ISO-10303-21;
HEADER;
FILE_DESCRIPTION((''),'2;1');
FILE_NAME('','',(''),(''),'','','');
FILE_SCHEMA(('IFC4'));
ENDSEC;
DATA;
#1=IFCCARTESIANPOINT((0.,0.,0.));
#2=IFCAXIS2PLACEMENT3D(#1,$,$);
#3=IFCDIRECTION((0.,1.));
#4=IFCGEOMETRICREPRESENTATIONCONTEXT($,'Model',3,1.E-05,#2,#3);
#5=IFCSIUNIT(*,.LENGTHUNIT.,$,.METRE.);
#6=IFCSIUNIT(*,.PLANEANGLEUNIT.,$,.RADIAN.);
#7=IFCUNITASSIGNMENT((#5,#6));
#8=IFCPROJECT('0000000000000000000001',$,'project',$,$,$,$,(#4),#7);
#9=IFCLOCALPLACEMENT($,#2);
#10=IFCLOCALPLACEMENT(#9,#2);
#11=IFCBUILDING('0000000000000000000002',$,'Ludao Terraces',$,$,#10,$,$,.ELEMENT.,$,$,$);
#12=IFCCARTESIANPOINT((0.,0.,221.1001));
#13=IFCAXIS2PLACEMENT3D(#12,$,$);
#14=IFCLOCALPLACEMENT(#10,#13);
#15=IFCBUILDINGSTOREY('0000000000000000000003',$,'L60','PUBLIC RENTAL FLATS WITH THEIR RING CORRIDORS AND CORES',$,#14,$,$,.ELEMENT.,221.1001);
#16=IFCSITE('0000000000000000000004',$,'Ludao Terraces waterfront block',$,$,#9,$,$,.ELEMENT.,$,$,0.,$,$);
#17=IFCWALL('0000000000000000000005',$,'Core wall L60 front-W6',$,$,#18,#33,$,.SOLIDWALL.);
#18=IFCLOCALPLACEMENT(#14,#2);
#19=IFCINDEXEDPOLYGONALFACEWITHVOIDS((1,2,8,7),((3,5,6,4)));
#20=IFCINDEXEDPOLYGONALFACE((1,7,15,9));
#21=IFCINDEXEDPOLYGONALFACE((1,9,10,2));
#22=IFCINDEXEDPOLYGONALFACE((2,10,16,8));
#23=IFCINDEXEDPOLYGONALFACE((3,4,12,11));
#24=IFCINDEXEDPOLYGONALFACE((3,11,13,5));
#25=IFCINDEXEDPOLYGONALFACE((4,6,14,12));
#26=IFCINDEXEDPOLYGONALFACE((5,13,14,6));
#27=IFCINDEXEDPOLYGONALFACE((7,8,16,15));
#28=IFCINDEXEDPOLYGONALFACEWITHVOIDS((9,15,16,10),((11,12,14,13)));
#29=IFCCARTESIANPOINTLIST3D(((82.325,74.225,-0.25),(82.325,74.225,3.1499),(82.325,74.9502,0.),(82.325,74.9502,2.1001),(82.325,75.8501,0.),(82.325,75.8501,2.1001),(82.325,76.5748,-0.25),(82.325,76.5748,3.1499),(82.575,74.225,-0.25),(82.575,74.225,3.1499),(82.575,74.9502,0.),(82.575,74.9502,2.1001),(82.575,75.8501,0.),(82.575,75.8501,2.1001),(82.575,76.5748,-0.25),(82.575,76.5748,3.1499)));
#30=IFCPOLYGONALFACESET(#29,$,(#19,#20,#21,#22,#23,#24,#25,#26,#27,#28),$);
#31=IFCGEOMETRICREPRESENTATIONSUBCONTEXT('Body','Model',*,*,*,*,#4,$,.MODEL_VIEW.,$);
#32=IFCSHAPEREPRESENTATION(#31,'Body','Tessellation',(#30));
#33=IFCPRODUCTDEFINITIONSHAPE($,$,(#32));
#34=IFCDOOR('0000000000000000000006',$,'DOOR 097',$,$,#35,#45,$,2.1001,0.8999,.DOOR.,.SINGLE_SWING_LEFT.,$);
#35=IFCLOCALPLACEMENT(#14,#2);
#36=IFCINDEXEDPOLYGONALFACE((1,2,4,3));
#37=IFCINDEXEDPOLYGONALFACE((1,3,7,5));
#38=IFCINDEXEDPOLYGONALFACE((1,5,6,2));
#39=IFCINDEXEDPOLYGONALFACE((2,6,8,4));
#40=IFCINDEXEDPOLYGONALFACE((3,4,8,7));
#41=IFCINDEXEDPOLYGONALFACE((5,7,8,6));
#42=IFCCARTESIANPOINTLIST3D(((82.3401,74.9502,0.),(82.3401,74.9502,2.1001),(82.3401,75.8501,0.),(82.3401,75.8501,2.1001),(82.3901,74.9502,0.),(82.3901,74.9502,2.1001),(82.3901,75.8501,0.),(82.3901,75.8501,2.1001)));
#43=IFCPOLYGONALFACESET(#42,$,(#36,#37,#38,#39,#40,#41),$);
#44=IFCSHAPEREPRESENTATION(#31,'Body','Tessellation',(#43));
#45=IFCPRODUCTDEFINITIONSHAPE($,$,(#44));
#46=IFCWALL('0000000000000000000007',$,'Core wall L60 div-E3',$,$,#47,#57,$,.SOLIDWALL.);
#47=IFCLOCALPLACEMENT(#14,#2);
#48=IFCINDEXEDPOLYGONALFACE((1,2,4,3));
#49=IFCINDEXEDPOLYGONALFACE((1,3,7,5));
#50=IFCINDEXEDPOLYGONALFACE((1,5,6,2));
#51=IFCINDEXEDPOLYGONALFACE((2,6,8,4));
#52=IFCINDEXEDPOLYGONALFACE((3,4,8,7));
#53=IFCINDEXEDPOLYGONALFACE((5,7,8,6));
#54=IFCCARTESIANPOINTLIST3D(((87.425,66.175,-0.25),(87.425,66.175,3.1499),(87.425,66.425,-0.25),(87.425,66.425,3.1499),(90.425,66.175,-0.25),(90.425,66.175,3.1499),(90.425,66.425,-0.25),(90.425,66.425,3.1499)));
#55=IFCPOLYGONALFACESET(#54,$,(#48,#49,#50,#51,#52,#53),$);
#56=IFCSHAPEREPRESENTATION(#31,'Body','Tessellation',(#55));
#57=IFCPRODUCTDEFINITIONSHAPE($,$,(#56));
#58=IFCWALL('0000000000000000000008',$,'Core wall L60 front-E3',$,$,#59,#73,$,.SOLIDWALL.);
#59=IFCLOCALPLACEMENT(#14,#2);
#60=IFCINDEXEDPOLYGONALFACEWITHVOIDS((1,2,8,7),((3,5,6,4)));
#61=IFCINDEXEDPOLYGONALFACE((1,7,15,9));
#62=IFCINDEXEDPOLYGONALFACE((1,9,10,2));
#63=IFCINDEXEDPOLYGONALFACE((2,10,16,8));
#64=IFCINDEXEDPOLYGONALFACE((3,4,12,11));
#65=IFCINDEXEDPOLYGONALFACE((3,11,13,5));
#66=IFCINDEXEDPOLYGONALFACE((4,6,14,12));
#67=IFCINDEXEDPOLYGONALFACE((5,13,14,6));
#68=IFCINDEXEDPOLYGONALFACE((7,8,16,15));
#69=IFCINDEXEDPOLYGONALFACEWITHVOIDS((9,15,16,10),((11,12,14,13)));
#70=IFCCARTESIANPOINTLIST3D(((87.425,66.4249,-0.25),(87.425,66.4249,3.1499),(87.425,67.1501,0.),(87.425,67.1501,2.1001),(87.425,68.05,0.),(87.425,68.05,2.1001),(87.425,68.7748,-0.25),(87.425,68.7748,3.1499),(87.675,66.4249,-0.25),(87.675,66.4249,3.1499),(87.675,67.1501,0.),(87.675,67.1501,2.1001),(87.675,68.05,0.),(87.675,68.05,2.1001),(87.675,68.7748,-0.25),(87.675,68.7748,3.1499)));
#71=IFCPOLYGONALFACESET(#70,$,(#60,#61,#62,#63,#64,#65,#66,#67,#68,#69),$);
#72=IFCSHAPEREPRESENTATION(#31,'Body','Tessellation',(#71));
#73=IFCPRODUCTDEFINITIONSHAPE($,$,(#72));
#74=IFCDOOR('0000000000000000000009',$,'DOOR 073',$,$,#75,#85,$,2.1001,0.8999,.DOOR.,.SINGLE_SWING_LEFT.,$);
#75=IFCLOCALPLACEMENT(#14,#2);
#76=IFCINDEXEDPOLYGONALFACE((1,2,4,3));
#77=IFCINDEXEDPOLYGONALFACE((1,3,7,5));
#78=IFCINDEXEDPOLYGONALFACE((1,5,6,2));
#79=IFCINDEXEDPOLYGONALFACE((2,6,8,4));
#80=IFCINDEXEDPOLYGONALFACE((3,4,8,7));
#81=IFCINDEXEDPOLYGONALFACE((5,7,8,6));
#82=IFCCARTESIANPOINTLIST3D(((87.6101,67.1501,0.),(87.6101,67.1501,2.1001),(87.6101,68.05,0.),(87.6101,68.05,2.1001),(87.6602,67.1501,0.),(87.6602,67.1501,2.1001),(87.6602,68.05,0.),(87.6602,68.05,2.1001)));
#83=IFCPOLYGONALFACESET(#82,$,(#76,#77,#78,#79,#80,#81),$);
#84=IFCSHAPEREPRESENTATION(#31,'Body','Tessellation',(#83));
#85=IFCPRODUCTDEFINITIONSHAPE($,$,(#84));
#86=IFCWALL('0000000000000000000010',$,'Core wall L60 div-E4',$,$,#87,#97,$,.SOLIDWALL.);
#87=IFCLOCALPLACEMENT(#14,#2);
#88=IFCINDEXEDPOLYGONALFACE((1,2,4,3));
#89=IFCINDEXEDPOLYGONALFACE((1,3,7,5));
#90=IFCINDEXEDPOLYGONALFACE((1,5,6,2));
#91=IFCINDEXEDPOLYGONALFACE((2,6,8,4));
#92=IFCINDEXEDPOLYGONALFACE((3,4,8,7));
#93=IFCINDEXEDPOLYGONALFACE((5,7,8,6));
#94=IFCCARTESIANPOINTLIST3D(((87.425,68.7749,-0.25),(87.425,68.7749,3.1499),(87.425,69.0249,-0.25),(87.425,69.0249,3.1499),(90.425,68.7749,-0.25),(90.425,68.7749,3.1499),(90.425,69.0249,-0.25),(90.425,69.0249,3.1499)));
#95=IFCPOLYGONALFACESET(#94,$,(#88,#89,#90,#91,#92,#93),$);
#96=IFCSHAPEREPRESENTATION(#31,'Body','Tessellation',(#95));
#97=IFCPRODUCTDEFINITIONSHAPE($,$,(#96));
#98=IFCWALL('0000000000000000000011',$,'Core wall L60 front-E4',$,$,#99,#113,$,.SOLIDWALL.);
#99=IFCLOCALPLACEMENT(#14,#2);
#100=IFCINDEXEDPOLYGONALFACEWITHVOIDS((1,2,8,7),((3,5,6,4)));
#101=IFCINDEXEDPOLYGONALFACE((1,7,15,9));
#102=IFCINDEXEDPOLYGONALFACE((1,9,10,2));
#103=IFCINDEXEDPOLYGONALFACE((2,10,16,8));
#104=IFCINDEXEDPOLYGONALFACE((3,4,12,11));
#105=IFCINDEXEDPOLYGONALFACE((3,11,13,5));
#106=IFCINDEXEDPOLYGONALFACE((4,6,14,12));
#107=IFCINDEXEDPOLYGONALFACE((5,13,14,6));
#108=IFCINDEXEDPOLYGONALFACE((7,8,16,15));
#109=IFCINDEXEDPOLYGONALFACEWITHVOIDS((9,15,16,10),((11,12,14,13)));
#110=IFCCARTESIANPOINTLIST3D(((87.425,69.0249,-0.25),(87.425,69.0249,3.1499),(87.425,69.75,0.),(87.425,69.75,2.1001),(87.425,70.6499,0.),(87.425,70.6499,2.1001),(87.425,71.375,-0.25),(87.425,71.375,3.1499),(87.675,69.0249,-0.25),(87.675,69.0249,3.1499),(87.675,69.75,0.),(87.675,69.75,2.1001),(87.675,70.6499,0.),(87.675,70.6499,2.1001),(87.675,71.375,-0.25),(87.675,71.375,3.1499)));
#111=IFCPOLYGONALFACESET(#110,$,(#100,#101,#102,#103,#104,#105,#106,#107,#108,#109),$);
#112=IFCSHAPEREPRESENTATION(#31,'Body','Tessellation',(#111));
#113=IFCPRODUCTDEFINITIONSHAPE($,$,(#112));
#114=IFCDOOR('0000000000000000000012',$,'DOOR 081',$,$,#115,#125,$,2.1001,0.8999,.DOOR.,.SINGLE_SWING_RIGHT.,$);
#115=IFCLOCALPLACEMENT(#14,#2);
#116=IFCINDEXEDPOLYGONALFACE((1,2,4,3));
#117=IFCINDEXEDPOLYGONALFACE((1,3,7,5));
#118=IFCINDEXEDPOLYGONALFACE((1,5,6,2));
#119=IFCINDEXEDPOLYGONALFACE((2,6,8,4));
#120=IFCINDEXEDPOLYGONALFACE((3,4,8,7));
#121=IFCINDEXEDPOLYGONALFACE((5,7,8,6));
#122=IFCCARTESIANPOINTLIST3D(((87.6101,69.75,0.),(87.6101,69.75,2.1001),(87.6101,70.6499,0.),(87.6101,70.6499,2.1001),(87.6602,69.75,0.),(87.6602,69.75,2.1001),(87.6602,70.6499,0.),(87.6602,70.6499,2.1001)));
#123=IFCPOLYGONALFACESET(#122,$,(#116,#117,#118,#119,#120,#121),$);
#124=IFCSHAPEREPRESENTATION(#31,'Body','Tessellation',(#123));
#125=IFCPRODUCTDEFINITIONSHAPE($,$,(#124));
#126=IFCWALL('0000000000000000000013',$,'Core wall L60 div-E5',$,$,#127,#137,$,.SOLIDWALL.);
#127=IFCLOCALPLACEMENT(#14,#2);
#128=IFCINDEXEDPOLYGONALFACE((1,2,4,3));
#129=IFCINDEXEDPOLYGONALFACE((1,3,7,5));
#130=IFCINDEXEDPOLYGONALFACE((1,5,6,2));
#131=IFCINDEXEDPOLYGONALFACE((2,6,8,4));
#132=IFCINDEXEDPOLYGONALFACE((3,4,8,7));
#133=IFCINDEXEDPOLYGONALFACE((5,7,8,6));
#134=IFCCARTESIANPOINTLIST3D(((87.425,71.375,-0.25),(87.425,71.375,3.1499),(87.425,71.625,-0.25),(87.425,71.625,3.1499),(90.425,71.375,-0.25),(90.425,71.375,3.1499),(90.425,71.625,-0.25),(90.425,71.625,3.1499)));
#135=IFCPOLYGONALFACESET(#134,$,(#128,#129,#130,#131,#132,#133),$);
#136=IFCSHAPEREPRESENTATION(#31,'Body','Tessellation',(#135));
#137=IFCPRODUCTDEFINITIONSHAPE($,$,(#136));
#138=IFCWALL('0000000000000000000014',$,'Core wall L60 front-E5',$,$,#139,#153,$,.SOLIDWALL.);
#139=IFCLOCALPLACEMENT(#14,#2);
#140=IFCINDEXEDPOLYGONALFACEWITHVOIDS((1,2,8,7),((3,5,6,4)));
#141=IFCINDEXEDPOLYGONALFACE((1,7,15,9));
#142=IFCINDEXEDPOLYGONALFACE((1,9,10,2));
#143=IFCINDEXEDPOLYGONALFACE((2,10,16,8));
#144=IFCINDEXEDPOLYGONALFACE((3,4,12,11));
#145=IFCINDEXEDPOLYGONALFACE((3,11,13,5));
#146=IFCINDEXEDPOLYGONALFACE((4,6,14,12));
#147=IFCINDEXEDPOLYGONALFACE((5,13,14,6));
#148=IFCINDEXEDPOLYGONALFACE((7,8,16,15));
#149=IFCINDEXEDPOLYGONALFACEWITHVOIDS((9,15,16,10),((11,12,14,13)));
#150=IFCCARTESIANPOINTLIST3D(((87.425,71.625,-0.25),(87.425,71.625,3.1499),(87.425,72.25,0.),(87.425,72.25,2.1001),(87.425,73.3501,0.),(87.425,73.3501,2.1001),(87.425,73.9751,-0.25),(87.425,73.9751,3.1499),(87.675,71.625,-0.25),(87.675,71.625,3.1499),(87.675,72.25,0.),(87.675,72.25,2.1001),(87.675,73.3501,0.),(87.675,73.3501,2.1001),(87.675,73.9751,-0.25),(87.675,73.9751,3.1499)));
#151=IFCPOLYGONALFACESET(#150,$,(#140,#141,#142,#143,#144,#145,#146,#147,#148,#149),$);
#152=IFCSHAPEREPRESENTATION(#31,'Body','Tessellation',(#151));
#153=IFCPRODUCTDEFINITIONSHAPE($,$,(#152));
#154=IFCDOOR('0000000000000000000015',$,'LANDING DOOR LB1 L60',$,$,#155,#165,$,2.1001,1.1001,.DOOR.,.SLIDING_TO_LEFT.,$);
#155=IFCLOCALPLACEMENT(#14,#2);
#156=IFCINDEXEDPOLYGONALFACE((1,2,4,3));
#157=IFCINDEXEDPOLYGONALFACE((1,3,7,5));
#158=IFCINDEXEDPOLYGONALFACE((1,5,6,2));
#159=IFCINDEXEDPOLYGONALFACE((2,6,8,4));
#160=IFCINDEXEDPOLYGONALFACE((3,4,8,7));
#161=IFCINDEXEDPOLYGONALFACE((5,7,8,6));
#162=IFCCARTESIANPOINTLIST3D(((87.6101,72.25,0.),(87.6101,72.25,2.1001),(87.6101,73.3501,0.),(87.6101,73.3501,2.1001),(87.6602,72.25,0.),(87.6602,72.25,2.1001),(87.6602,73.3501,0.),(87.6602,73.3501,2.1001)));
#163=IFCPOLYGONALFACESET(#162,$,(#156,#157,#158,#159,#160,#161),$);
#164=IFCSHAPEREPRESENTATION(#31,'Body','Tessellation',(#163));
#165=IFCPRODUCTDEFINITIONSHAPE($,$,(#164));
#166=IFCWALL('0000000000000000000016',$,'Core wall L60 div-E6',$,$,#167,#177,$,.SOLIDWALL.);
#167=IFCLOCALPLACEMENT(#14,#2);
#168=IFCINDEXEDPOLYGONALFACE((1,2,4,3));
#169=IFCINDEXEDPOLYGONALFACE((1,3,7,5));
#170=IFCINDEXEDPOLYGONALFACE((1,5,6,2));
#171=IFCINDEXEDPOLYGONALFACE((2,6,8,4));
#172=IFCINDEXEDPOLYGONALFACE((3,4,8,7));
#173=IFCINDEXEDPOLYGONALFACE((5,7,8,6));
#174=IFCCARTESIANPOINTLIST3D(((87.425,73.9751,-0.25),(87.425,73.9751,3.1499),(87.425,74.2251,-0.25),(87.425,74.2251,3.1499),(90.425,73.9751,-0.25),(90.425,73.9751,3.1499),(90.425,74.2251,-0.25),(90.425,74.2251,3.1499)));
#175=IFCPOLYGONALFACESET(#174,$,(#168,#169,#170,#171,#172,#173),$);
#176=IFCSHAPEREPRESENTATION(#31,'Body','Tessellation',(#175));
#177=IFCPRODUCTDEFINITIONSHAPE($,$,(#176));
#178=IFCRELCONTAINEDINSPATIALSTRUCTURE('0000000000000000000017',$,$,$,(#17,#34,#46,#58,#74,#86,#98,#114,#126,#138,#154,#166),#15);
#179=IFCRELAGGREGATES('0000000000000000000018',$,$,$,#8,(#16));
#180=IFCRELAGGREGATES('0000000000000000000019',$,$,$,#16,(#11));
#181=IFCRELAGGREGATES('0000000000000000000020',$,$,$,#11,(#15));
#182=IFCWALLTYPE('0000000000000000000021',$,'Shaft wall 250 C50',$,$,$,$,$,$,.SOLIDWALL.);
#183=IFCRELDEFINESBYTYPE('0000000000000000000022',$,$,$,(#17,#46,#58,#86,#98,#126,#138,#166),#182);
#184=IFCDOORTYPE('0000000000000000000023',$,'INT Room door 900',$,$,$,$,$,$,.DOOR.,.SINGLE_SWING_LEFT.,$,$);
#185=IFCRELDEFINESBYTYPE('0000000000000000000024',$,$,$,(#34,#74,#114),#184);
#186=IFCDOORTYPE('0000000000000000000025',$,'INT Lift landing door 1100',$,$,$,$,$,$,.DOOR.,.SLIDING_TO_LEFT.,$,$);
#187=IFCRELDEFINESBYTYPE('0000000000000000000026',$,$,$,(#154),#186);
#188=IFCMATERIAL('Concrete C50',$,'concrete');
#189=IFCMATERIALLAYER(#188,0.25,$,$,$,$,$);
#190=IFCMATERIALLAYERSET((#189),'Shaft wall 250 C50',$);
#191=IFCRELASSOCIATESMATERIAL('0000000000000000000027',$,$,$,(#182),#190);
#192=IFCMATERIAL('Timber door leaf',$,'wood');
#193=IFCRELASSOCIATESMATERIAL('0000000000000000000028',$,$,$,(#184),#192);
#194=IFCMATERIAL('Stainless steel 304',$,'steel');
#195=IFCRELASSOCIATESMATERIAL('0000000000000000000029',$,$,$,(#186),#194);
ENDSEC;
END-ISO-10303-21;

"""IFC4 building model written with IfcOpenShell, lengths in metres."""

from ifc_helpers import new_model, si_unit, direction, frame, frame_2d, origin, place, context, subcontext, project, spatial, rectangle, extrude, material, layer, layer_set, type_object, element, fill, save


model = new_model("IFC4")

# Units and contexts
model_context = context("Model", 3, precision=1e-05, world=origin(), true_north=direction((0.0, 1.0)))
body_context = subcontext(model_context, "Body", "Model", "MODEL_VIEW")
ifc_project = project(units=[si_unit("LENGTHUNIT", "METRE"), si_unit("PLANEANGLEUNIT", "RADIAN")], contexts=[model_context])

# Site, building, storey
site_placement = place(None, origin())
site = spatial("IfcSite", under=ifc_project, at=site_placement, Name="Ludao Terraces waterfront block", CompositionType="ELEMENT", RefElevation=0.0)
building_placement = place(site_placement, origin())
building = spatial("IfcBuilding", under=site, at=building_placement, Name="Ludao Terraces", CompositionType="ELEMENT")
storey_placement = place(building_placement, frame((0.0, 0.0, 221.1001)))
storey = spatial("IfcBuildingStorey", under=building, at=storey_placement, Name="L60", Description="PUBLIC RENTAL FLATS WITH THEIR RING CORRIDORS AND CORES", CompositionType="ELEMENT", Elevation=221.1001)

# Wall, opening, door
ifc_material_1 = material(Name="Concrete C50", Category="concrete")
ifc_layer_1 = layer(ifc_material_1, 0.25)
ifc_layer_set_1 = layer_set([ifc_layer_1], Name="Shaft wall 250 C50")
wall_type_1 = type_object("IfcWallType", Name="Shaft wall 250 C50", PredefinedType="SOLIDWALL", material=ifc_layer_set_1)
wall_1_placement = place(storey_placement, frame((82.45, 74.2251, -0.25), z_axis=(0.0, 0.0, 1.0), x_axis=(0.0, 1.0, 0.0)))
wall_1 = element("IfcWall", 1, at=wall_1_placement, inside=storey, type_object=wall_type_1, Name="Core wall L60 front-W6", PredefinedType="SOLIDWALL", context=body_context, shape_type="SweptSolid", body=[
    extrude(rectangle(XDim=2.3499, YDim=0.25, at=frame_2d((1.1748, 0.0))), origin(), (0.0, 0.0, 1.0), 3.3999),
])
opening_1_placement = place(wall_1_placement, frame((0.7251, 0.0, 0.25)))
opening_1 = element("IfcOpeningElement", 2, at=opening_1_placement, cuts=wall_1, PredefinedType="OPENING", context=body_context, shape_type="SweptSolid", body=[
    extrude(rectangle(XDim=0.8999, YDim=2.1001, at=frame_2d((0.45, 1.05))), frame((0.0, 0.135, 0.0), z_axis=(0.0, -1.0, 0.0), x_axis=(1.0, 0.0, 0.0)), (0.0, 0.0, 1.0), 0.27),
])
ifc_material_2 = material(Name="Timber door leaf", Category="wood")
door_type_1 = type_object("IfcDoorType", Name="INT Room door 900", OperationType="SINGLE_SWING_LEFT", PredefinedType="DOOR", material=ifc_material_2)
door_1_placement = place(opening_1_placement, origin())
door_1 = element("IfcDoor", 3, at=door_1_placement, inside=storey, type_object=door_type_1, Name="DOOR 097", OperationType="SINGLE_SWING_LEFT", OverallHeight=2.1001, OverallWidth=0.8999, PredefinedType="DOOR", context=body_context, shape_type="SweptSolid", body=[
    extrude(rectangle(XDim=0.8999, YDim=2.1001, at=frame_2d((0.45, 1.05))), frame((0.0, 0.1099, 0.0), z_axis=(0.0, -1.0, 0.0), x_axis=(1.0, 0.0, 0.0)), (0.0, 0.0, 1.0), 0.05),
])
fill(opening_1, door_1)

# Wall
wall_2_placement = place(storey_placement, frame((87.425, 66.3, -0.25), z_axis=(0.0, 0.0, 1.0), x_axis=(1.0, 0.0, 0.0)))
element("IfcWall", 4, at=wall_2_placement, inside=storey, type_object=wall_type_1, Name="Core wall L60 div-E3", PredefinedType="SOLIDWALL", context=body_context, shape_type="SweptSolid", body=[
    extrude(rectangle(XDim=3.0, YDim=0.25, at=frame_2d((1.5, 0.0))), origin(), (0.0, 0.0, 1.0), 3.3999),
])

# Wall, opening, door
wall_3_placement = place(storey_placement, frame((87.55, 66.425, -0.25), z_axis=(0.0, 0.0, 1.0), x_axis=(0.0, 1.0, 0.0)))
wall_3 = element("IfcWall", 5, at=wall_3_placement, inside=storey, type_object=wall_type_1, Name="Core wall L60 front-E3", PredefinedType="SOLIDWALL", context=body_context, shape_type="SweptSolid", body=[
    extrude(rectangle(XDim=2.3499, YDim=0.25, at=frame_2d((1.1748, 0.0))), origin(), (0.0, 0.0, 1.0), 3.3999),
])
opening_2_placement = place(wall_3_placement, frame((0.7251, 0.0, 0.25)))
opening_2 = element("IfcOpeningElement", 6, at=opening_2_placement, cuts=wall_3, PredefinedType="OPENING", context=body_context, shape_type="SweptSolid", body=[
    extrude(rectangle(XDim=0.8999, YDim=2.1001, at=frame_2d((0.45, 1.05))), frame((0.0, 0.135, 0.0), z_axis=(0.0, -1.0, 0.0), x_axis=(1.0, 0.0, 0.0)), (0.0, 0.0, 1.0), 0.27),
])
door_2_placement = place(opening_2_placement, origin())
door_2 = element("IfcDoor", 7, at=door_2_placement, inside=storey, type_object=door_type_1, Name="DOOR 073", OperationType="SINGLE_SWING_LEFT", OverallHeight=2.1001, OverallWidth=0.8999, PredefinedType="DOOR", context=body_context, shape_type="SweptSolid", body=[
    extrude(rectangle(XDim=0.8999, YDim=2.1001, at=frame_2d((0.45, 1.05))), frame((0.0, -0.0601, 0.0), z_axis=(0.0, -1.0, 0.0), x_axis=(1.0, 0.0, 0.0)), (0.0, 0.0, 1.0), 0.05),
])
fill(opening_2, door_2)

# Wall
wall_4_placement = place(storey_placement, frame((87.425, 68.8999, -0.25), z_axis=(0.0, 0.0, 1.0), x_axis=(1.0, 0.0, 0.0)))
element("IfcWall", 8, at=wall_4_placement, inside=storey, type_object=wall_type_1, Name="Core wall L60 div-E4", PredefinedType="SOLIDWALL", context=body_context, shape_type="SweptSolid", body=[
    extrude(rectangle(XDim=3.0, YDim=0.25, at=frame_2d((1.5, 0.0))), origin(), (0.0, 0.0, 1.0), 3.3999),
])

# Wall, opening, door
wall_5_placement = place(storey_placement, frame((87.55, 69.0249, -0.25), z_axis=(0.0, 0.0, 1.0), x_axis=(0.0, 1.0, 0.0)))
wall_5 = element("IfcWall", 9, at=wall_5_placement, inside=storey, type_object=wall_type_1, Name="Core wall L60 front-E4", PredefinedType="SOLIDWALL", context=body_context, shape_type="SweptSolid", body=[
    extrude(rectangle(XDim=2.3501, YDim=0.25, at=frame_2d((1.175, 0.0))), origin(), (0.0, 0.0, 1.0), 3.3999),
])
opening_3_placement = place(wall_5_placement, frame((0.7251, 0.0, 0.25)))
opening_3 = element("IfcOpeningElement", 10, at=opening_3_placement, cuts=wall_5, PredefinedType="OPENING", context=body_context, shape_type="SweptSolid", body=[
    extrude(rectangle(XDim=0.8999, YDim=2.1001, at=frame_2d((0.45, 1.05))), frame((0.0, 0.135, 0.0), z_axis=(0.0, -1.0, 0.0), x_axis=(1.0, 0.0, 0.0)), (0.0, 0.0, 1.0), 0.27),
])
door_3_placement = place(opening_3_placement, origin())
door_3 = element("IfcDoor", 11, at=door_3_placement, inside=storey, type_object=door_type_1, Name="DOOR 081", OperationType="SINGLE_SWING_RIGHT", OverallHeight=2.1001, OverallWidth=0.8999, PredefinedType="DOOR", context=body_context, shape_type="SweptSolid", body=[
    extrude(rectangle(XDim=0.8999, YDim=2.1001, at=frame_2d((0.45, 1.05))), frame((0.0, -0.0601, 0.0), z_axis=(0.0, -1.0, 0.0), x_axis=(1.0, 0.0, 0.0)), (0.0, 0.0, 1.0), 0.05),
])
fill(opening_3, door_3)

# Wall
wall_6_placement = place(storey_placement, frame((87.425, 71.5, -0.25), z_axis=(0.0, 0.0, 1.0), x_axis=(1.0, 0.0, 0.0)))
element("IfcWall", 12, at=wall_6_placement, inside=storey, type_object=wall_type_1, Name="Core wall L60 div-E5", PredefinedType="SOLIDWALL", context=body_context, shape_type="SweptSolid", body=[
    extrude(rectangle(XDim=3.0, YDim=0.25, at=frame_2d((1.5, 0.0))), origin(), (0.0, 0.0, 1.0), 3.3999),
])

# Wall, opening, door
wall_7_placement = place(storey_placement, frame((87.55, 71.625, -0.25), z_axis=(0.0, 0.0, 1.0), x_axis=(0.0, 1.0, 0.0)))
wall_7 = element("IfcWall", 13, at=wall_7_placement, inside=storey, type_object=wall_type_1, Name="Core wall L60 front-E5", PredefinedType="SOLIDWALL", context=body_context, shape_type="SweptSolid", body=[
    extrude(rectangle(XDim=2.3501, YDim=0.25, at=frame_2d((1.175, 0.0))), origin(), (0.0, 0.0, 1.0), 3.3999),
])
opening_4_placement = place(wall_7_placement, frame((0.625, 0.0, 0.25)))
opening_4 = element("IfcOpeningElement", 14, at=opening_4_placement, cuts=wall_7, PredefinedType="OPENING", context=body_context, shape_type="SweptSolid", body=[
    extrude(rectangle(XDim=1.1001, YDim=2.1001, at=frame_2d((0.55, 1.05))), frame((0.0, 0.135, 0.0), z_axis=(0.0, -1.0, 0.0), x_axis=(1.0, 0.0, 0.0)), (0.0, 0.0, 1.0), 0.27),
])
ifc_material_3 = material(Name="Stainless steel 304", Category="steel")
door_type_2 = type_object("IfcDoorType", Name="INT Lift landing door 1100", OperationType="SLIDING_TO_LEFT", PredefinedType="DOOR", material=ifc_material_3)
door_4_placement = place(opening_4_placement, origin())
door_4 = element("IfcDoor", 15, at=door_4_placement, inside=storey, type_object=door_type_2, Name="LANDING DOOR LB1 L60", OperationType="SLIDING_TO_LEFT", OverallHeight=2.1001, OverallWidth=1.1001, PredefinedType="DOOR", context=body_context, shape_type="SweptSolid", body=[
    extrude(rectangle(XDim=1.1001, YDim=2.1001, at=frame_2d((0.55, 1.05))), frame((0.0, -0.0601, 0.0), z_axis=(0.0, -1.0, 0.0), x_axis=(1.0, 0.0, 0.0)), (0.0, 0.0, 1.0), 0.05),
])
fill(opening_4, door_4)

# Wall
wall_8_placement = place(storey_placement, frame((87.425, 74.1001, -0.25), z_axis=(0.0, 0.0, 1.0), x_axis=(1.0, 0.0, 0.0)))
element("IfcWall", 16, at=wall_8_placement, inside=storey, type_object=wall_type_1, Name="Core wall L60 div-E6", PredefinedType="SOLIDWALL", context=body_context, shape_type="SweptSolid", body=[
    extrude(rectangle(XDim=3.0, YDim=0.25, at=frame_2d((1.5, 0.0))), origin(), (0.0, 0.0, 1.0), 3.3999),
])

save(model, "model.ifc")
